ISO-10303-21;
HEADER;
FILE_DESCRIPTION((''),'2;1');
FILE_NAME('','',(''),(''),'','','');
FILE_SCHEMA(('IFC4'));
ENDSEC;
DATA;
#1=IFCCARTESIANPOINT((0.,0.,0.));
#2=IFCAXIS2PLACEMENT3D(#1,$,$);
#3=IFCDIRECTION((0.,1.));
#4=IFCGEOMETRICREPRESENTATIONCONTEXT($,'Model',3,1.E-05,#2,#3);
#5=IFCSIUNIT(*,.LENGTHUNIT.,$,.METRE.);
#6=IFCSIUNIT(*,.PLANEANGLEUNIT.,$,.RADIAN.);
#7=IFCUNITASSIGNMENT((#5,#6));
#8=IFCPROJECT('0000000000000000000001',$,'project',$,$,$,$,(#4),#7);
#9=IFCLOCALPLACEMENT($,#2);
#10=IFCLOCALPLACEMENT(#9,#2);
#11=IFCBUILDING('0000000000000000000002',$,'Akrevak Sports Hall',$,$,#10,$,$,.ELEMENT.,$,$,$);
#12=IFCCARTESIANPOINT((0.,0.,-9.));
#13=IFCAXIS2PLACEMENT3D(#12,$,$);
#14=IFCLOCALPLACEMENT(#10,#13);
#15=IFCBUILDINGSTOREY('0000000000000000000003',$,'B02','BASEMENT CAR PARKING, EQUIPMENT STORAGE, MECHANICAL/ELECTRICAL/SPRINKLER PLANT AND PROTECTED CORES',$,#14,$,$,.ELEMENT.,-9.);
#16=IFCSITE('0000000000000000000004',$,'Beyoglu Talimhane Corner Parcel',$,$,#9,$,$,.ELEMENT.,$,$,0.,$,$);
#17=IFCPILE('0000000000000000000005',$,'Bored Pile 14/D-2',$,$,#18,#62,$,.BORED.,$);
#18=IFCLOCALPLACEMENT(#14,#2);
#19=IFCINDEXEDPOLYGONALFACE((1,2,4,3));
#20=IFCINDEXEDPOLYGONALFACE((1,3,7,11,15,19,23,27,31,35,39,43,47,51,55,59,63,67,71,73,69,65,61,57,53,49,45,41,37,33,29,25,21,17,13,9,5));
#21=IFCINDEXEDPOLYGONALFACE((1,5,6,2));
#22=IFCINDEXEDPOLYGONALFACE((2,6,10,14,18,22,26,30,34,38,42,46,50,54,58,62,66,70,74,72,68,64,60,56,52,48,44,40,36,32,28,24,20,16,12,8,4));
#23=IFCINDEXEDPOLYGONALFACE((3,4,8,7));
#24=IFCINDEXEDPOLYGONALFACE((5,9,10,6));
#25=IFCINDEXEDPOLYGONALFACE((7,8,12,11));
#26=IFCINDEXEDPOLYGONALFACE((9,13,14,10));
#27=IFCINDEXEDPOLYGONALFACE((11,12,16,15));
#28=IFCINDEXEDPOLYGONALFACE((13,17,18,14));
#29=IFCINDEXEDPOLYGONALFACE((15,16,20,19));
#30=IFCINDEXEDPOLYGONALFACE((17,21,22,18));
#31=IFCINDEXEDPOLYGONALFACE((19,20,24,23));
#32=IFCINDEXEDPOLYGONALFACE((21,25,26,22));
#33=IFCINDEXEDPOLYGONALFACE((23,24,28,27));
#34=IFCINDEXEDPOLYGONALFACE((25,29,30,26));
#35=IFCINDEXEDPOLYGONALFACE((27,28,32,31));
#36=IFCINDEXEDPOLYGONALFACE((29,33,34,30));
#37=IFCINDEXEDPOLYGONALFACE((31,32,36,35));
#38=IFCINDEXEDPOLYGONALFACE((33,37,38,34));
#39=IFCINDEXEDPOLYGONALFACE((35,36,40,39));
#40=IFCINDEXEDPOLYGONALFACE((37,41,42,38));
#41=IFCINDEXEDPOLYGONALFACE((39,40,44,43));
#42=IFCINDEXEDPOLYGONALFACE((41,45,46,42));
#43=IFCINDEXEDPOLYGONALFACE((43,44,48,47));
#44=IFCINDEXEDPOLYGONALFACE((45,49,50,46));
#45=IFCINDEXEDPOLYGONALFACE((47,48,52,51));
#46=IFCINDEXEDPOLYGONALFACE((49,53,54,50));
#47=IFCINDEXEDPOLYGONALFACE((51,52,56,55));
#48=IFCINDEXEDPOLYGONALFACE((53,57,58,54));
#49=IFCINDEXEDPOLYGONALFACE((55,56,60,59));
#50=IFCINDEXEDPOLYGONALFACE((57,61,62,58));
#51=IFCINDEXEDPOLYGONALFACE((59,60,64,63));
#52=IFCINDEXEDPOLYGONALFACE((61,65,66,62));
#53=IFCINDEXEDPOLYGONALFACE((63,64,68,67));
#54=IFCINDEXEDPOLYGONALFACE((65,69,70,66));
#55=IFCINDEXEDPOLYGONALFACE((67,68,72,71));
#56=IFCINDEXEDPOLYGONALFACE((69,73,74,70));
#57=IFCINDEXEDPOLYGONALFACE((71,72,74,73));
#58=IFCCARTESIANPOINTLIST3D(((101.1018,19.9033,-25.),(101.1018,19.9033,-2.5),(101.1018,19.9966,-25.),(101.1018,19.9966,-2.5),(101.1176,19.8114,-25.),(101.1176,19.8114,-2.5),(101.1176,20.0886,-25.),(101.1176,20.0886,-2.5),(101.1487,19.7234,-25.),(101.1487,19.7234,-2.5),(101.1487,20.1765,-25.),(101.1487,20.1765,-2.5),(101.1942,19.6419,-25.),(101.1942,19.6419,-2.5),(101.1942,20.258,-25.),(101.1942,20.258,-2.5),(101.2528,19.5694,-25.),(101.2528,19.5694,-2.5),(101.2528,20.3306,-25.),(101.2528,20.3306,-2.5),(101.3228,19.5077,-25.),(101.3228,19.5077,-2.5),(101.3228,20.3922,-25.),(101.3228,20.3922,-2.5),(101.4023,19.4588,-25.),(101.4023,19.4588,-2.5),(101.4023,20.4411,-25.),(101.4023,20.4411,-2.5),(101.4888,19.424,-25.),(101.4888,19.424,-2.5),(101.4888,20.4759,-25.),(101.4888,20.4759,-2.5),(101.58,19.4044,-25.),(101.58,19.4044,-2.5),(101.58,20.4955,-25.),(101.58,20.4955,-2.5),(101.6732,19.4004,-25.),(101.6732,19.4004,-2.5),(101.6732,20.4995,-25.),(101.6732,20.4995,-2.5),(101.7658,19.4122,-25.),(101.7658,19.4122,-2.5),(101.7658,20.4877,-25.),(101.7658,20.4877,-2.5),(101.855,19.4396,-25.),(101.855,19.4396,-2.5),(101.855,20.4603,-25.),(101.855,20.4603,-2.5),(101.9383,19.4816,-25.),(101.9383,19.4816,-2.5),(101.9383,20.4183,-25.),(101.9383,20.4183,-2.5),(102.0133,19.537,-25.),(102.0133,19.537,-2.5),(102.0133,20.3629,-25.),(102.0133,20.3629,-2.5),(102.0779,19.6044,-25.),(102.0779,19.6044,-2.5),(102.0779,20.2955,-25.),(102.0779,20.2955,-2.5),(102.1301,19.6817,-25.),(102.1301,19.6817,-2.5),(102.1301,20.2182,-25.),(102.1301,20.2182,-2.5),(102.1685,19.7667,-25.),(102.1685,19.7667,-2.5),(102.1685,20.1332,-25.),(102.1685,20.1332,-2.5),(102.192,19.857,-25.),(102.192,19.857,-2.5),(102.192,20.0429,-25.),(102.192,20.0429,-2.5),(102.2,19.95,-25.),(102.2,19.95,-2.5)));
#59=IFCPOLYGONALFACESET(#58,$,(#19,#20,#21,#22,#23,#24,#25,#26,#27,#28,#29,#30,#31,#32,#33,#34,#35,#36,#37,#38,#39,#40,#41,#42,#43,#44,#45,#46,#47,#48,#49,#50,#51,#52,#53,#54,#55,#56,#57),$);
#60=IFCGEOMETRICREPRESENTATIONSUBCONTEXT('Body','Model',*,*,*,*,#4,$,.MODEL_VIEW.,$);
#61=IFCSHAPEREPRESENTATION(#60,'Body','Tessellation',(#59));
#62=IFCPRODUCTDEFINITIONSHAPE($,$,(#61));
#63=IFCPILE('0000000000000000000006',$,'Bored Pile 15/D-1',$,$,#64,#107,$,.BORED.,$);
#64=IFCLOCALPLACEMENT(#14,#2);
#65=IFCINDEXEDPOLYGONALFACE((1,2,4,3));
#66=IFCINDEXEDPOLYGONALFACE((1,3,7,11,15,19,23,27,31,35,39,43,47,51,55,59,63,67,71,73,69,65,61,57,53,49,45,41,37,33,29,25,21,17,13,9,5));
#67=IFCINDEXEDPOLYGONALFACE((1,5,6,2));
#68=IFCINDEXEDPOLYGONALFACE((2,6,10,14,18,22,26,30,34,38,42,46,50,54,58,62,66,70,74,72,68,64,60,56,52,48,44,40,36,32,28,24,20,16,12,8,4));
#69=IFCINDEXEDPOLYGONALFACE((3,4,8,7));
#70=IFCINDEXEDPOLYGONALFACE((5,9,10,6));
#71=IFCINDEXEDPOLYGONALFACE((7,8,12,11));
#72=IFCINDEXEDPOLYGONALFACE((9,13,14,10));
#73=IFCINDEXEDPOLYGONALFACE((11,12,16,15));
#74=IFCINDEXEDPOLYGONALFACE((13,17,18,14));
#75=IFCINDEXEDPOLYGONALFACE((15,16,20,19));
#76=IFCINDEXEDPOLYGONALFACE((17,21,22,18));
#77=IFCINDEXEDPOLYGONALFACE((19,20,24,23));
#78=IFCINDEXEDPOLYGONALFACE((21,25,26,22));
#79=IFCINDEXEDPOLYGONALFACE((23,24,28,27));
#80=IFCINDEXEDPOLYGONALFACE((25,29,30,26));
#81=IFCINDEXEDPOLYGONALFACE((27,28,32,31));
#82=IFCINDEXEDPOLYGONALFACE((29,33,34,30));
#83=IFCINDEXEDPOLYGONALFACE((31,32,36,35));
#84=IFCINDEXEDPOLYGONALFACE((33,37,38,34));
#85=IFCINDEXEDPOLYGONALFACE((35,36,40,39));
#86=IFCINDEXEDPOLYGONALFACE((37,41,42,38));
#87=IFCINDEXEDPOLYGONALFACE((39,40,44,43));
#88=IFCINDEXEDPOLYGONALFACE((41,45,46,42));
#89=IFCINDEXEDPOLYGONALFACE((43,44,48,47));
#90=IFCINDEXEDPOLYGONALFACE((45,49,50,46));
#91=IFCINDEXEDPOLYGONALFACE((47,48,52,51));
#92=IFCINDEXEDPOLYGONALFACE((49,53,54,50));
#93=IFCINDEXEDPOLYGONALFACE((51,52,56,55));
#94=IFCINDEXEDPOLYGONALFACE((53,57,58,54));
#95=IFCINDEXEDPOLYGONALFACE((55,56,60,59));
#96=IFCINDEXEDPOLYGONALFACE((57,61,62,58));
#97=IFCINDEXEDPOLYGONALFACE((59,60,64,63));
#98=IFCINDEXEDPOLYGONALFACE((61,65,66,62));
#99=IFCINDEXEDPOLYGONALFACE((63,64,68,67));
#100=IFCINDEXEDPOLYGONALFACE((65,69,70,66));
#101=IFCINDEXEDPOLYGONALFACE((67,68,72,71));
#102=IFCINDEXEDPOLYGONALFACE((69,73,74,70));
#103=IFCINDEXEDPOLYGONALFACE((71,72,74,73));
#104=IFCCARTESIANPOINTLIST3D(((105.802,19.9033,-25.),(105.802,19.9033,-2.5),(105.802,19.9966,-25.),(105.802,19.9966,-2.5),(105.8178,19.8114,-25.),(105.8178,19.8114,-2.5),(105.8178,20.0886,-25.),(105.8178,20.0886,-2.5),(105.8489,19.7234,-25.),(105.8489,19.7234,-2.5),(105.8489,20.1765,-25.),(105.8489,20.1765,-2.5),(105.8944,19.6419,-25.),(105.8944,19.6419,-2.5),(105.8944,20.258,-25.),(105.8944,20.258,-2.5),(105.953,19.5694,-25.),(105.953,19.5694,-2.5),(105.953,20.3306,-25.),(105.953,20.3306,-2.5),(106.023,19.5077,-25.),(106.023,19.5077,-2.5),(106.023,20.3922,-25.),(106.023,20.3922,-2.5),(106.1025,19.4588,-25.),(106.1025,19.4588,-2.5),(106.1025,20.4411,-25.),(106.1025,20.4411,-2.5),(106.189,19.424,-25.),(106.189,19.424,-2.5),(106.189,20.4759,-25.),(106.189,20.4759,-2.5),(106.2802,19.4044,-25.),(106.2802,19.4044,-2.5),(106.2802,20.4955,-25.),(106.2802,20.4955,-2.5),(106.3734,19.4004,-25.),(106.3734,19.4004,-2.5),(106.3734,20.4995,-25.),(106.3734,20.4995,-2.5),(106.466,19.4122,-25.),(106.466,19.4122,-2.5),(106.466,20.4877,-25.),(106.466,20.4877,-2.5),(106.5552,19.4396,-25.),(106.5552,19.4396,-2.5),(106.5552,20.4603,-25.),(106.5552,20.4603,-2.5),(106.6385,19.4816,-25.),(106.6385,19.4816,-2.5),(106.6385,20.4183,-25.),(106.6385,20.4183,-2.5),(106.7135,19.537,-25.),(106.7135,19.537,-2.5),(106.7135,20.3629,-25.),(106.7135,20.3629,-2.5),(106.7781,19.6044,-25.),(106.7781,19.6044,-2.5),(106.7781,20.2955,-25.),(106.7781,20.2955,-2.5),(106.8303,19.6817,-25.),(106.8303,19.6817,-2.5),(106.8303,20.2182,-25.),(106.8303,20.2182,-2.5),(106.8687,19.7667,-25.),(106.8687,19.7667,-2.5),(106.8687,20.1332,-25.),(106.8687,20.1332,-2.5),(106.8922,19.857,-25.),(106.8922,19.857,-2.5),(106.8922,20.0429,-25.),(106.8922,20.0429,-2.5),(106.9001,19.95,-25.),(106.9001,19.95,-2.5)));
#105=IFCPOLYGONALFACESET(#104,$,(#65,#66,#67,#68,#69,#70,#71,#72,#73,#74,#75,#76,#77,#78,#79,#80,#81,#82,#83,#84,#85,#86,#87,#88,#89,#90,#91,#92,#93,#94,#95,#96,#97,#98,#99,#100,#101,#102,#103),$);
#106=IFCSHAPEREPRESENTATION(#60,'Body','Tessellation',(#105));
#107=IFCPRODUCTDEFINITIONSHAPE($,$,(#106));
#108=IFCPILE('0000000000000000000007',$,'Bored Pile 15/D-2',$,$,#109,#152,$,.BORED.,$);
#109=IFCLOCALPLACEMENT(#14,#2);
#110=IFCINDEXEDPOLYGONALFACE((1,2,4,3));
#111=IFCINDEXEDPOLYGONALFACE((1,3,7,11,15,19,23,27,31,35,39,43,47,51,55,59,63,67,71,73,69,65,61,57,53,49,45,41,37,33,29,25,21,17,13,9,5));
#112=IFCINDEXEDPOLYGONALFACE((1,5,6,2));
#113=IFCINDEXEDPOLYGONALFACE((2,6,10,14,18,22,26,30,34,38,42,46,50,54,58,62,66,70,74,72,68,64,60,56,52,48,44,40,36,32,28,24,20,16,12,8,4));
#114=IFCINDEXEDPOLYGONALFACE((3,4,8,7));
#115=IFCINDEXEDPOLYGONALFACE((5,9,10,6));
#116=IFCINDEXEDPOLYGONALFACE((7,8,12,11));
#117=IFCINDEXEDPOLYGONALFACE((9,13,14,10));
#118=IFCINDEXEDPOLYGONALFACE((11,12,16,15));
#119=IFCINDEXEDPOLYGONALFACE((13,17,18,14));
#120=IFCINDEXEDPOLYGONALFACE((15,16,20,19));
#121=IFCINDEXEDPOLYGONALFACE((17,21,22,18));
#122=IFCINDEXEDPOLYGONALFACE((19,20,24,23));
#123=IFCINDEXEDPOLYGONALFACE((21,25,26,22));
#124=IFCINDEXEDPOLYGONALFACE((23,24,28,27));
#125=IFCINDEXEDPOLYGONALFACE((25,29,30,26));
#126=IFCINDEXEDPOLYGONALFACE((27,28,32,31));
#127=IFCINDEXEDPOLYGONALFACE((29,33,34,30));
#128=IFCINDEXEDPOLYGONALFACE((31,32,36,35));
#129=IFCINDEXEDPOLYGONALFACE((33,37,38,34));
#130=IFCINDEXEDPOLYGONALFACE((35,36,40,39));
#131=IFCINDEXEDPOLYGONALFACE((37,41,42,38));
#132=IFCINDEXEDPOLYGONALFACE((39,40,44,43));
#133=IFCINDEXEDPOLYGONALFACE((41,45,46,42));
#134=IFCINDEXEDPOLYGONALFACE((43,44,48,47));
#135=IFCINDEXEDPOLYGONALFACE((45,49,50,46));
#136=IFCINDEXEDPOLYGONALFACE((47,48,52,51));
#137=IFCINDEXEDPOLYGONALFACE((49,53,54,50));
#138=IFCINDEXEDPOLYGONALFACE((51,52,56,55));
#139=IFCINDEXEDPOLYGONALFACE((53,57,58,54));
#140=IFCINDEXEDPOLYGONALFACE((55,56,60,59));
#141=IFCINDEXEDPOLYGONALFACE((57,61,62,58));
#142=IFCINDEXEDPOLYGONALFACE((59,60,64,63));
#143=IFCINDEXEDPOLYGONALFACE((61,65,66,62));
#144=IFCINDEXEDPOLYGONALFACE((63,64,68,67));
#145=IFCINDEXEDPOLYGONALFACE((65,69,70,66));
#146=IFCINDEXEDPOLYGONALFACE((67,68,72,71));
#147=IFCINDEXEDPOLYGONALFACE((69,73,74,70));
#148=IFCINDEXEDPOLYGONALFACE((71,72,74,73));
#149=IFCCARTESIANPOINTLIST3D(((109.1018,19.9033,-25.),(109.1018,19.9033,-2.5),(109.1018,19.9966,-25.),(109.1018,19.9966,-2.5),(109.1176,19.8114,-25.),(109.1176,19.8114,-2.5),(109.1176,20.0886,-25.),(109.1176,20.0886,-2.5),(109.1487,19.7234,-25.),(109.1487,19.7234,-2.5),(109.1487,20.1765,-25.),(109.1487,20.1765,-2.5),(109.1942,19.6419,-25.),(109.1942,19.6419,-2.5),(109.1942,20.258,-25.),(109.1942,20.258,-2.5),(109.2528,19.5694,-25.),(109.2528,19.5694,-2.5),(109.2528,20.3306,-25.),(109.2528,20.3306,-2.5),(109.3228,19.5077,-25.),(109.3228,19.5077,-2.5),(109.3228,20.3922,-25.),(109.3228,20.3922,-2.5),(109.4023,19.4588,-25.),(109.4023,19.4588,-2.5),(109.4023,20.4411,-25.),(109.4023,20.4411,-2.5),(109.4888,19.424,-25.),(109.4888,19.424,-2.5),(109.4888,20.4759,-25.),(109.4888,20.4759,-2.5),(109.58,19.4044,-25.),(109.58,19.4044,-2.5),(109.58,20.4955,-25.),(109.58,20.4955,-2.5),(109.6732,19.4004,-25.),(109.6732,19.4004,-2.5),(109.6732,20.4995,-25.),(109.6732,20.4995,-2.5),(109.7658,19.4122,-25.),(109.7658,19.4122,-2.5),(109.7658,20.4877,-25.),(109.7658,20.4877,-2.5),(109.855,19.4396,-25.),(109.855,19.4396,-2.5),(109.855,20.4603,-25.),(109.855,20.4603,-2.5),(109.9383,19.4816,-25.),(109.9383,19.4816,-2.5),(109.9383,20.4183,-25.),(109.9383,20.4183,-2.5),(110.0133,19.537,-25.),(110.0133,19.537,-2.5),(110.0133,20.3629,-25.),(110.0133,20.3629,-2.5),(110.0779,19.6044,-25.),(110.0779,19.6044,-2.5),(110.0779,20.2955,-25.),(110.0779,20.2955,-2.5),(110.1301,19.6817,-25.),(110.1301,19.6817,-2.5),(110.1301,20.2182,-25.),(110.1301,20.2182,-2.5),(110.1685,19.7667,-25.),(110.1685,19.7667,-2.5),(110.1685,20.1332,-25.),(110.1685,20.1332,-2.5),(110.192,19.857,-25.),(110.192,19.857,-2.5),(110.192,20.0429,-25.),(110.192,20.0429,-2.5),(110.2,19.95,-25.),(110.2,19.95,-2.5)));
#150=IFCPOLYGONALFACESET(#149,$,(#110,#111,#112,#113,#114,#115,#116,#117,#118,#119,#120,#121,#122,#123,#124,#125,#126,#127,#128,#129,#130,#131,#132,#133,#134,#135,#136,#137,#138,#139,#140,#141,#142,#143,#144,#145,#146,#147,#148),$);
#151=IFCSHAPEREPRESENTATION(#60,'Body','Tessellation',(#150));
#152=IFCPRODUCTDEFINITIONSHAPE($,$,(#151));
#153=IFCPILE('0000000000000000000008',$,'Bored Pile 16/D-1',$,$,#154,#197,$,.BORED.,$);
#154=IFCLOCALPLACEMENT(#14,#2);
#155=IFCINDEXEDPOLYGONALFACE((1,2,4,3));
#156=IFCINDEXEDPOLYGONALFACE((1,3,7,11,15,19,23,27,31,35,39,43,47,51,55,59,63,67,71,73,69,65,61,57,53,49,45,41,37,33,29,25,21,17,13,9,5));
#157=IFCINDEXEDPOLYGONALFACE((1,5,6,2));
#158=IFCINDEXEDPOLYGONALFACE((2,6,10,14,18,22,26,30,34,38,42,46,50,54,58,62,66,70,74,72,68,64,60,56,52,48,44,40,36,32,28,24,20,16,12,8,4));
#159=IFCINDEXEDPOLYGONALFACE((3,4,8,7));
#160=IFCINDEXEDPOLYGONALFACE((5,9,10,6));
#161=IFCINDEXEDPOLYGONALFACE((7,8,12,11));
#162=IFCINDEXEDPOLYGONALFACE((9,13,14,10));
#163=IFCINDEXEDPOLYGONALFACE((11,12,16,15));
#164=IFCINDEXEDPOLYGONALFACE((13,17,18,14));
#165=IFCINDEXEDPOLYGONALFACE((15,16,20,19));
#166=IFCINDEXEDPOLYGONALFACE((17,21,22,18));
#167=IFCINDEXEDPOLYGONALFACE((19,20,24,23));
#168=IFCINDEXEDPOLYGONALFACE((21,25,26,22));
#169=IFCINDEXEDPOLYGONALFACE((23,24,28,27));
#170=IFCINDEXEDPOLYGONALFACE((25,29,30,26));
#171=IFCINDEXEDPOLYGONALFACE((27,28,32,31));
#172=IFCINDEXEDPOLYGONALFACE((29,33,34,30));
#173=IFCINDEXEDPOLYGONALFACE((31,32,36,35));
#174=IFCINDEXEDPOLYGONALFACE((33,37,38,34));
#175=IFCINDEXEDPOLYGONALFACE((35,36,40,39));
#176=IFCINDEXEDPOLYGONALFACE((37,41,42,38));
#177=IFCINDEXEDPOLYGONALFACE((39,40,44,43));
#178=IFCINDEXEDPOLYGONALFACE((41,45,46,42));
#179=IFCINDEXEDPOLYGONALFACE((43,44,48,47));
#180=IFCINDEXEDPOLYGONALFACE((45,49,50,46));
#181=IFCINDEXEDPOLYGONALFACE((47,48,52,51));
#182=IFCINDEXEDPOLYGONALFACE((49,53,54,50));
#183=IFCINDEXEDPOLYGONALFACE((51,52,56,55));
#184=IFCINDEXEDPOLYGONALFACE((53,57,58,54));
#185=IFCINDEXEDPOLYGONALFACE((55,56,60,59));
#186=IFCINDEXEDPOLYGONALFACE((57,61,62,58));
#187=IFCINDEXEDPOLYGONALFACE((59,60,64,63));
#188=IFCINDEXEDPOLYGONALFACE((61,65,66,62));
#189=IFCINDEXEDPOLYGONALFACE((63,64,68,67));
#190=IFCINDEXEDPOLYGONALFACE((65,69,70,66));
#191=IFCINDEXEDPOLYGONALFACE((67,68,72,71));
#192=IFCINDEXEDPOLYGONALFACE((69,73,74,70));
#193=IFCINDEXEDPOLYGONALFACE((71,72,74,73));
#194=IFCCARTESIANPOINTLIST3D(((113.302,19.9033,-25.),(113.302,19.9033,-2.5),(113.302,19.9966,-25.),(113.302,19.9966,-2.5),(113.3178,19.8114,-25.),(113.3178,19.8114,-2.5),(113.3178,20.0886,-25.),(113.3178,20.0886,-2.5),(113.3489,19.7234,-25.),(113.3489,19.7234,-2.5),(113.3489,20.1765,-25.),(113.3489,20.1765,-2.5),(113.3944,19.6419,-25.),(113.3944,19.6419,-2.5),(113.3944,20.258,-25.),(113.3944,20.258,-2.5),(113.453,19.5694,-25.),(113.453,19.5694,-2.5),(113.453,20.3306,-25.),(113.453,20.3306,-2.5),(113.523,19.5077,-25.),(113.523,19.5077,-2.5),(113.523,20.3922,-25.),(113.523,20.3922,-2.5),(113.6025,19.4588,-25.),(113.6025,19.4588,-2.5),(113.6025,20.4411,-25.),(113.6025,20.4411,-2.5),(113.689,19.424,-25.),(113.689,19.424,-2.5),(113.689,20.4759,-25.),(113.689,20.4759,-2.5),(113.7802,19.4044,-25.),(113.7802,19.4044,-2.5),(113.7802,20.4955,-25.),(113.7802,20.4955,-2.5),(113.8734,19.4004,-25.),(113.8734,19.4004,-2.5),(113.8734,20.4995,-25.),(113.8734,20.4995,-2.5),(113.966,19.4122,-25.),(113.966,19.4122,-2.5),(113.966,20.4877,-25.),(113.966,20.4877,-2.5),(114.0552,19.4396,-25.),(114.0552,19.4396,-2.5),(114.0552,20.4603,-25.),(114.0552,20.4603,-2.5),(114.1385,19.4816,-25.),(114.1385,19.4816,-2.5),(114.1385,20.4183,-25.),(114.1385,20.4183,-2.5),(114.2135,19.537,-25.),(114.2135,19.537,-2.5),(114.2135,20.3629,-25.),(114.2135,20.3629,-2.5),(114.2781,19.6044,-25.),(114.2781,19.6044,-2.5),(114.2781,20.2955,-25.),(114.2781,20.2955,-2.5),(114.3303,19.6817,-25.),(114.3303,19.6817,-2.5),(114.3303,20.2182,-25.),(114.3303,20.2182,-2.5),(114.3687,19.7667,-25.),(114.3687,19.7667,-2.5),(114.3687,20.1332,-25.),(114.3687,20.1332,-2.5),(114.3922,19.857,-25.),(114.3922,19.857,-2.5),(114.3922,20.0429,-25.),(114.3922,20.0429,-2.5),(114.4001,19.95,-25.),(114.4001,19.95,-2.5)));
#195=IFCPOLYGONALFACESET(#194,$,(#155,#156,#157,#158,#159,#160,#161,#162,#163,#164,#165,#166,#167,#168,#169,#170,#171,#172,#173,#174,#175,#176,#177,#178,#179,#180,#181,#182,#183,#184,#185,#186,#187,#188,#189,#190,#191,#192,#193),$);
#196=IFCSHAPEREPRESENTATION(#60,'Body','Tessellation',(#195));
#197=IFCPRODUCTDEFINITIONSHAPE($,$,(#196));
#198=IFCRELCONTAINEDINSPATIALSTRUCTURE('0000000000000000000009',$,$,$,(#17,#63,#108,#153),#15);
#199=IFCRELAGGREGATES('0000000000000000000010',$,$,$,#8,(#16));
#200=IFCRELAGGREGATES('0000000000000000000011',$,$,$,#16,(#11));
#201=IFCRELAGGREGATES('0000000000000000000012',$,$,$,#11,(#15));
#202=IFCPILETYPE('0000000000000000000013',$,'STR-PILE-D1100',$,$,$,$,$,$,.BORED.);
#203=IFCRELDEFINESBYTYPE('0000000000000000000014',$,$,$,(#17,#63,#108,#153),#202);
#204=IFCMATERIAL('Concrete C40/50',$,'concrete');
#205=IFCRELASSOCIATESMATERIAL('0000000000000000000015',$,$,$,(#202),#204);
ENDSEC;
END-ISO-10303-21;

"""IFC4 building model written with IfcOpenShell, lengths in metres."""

from ifc_helpers import new_model, si_unit, direction, frame, origin, origin_2d, place, context, subcontext, project, spatial, circle, extrude, material, material_profile, profile_set, type_object, element, save


model = new_model("IFC4")

# Units and contexts
model_context = context("Model", 3, precision=1e-05, world=origin(), true_north=direction((0.0, 1.0)))
body_context = subcontext(model_context, "Body", "Model", "MODEL_VIEW")
ifc_project = project(units=[si_unit("LENGTHUNIT", "METRE"), si_unit("PLANEANGLEUNIT", "RADIAN")], contexts=[model_context])

# Site, building, storey
site_placement = place(None, origin())
site = spatial("IfcSite", under=ifc_project, at=site_placement, Name="Beyoglu Talimhane Corner Parcel", CompositionType="ELEMENT", RefElevation=0.0)
building_placement = place(site_placement, origin())
building = spatial("IfcBuilding", under=site, at=building_placement, Name="Akrevak Sports Hall", CompositionType="ELEMENT")
storey_placement = place(building_placement, frame((0.0, 0.0, -9.0)))
storey = spatial("IfcBuildingStorey", under=building, at=storey_placement, Name="B02", Description="BASEMENT CAR PARKING, EQUIPMENT STORAGE, MECHANICAL/ELECTRICAL/SPRINKLER PLANT AND PROTECTED CORES", CompositionType="ELEMENT", Elevation=-9.0)

# Shared definitions
ifc_material_1 = material(Name="Concrete C40/50", Category="concrete")

# Piles
ifc_material_profile_1 = material_profile(ifc_material_1, circle(Radius=0.55, at=origin_2d()), Name="BORED PILE D1100", Category="concrete")
ifc_profile_set_1 = profile_set([ifc_material_profile_1], Name="Concrete C40/50")
pile_type_1 = type_object("IfcPileType", Name="STR-PILE-D1100", PredefinedType="BORED", material=ifc_profile_set_1)
for number, where, z_axis, x_axis, name in (
    (1, (101.6499, 19.95, -2.5), (0.0, 0.0, -1.0), (1.0, 0.0, 0.0), "Bored Pile 14/D-2"),
    (2, (106.3501, 19.95, -2.5), (0.0, 0.0, -1.0), (1.0, 0.0, 0.0), "Bored Pile 15/D-1"),
    (3, (109.6499, 19.95, -2.5), (0.0, 0.0, -1.0), (1.0, 0.0, 0.0), "Bored Pile 15/D-2"),
    (4, (113.8501, 19.95, -2.5), (0.0, 0.0, -1.0), (1.0, 0.0, 0.0), "Bored Pile 16/D-1"),
):
    element("IfcPile", number, at=place(storey_placement, frame(where, z_axis=z_axis, x_axis=x_axis)), inside=storey, type_object=pile_type_1, Name=name, PredefinedType="BORED", context=body_context, shape_type="SweptSolid", body=[
        extrude(circle(Radius=0.55, at=origin_2d()), origin(), (0.0, 0.0, 1.0), 22.5),
    ])

save(model, "model.ifc")
